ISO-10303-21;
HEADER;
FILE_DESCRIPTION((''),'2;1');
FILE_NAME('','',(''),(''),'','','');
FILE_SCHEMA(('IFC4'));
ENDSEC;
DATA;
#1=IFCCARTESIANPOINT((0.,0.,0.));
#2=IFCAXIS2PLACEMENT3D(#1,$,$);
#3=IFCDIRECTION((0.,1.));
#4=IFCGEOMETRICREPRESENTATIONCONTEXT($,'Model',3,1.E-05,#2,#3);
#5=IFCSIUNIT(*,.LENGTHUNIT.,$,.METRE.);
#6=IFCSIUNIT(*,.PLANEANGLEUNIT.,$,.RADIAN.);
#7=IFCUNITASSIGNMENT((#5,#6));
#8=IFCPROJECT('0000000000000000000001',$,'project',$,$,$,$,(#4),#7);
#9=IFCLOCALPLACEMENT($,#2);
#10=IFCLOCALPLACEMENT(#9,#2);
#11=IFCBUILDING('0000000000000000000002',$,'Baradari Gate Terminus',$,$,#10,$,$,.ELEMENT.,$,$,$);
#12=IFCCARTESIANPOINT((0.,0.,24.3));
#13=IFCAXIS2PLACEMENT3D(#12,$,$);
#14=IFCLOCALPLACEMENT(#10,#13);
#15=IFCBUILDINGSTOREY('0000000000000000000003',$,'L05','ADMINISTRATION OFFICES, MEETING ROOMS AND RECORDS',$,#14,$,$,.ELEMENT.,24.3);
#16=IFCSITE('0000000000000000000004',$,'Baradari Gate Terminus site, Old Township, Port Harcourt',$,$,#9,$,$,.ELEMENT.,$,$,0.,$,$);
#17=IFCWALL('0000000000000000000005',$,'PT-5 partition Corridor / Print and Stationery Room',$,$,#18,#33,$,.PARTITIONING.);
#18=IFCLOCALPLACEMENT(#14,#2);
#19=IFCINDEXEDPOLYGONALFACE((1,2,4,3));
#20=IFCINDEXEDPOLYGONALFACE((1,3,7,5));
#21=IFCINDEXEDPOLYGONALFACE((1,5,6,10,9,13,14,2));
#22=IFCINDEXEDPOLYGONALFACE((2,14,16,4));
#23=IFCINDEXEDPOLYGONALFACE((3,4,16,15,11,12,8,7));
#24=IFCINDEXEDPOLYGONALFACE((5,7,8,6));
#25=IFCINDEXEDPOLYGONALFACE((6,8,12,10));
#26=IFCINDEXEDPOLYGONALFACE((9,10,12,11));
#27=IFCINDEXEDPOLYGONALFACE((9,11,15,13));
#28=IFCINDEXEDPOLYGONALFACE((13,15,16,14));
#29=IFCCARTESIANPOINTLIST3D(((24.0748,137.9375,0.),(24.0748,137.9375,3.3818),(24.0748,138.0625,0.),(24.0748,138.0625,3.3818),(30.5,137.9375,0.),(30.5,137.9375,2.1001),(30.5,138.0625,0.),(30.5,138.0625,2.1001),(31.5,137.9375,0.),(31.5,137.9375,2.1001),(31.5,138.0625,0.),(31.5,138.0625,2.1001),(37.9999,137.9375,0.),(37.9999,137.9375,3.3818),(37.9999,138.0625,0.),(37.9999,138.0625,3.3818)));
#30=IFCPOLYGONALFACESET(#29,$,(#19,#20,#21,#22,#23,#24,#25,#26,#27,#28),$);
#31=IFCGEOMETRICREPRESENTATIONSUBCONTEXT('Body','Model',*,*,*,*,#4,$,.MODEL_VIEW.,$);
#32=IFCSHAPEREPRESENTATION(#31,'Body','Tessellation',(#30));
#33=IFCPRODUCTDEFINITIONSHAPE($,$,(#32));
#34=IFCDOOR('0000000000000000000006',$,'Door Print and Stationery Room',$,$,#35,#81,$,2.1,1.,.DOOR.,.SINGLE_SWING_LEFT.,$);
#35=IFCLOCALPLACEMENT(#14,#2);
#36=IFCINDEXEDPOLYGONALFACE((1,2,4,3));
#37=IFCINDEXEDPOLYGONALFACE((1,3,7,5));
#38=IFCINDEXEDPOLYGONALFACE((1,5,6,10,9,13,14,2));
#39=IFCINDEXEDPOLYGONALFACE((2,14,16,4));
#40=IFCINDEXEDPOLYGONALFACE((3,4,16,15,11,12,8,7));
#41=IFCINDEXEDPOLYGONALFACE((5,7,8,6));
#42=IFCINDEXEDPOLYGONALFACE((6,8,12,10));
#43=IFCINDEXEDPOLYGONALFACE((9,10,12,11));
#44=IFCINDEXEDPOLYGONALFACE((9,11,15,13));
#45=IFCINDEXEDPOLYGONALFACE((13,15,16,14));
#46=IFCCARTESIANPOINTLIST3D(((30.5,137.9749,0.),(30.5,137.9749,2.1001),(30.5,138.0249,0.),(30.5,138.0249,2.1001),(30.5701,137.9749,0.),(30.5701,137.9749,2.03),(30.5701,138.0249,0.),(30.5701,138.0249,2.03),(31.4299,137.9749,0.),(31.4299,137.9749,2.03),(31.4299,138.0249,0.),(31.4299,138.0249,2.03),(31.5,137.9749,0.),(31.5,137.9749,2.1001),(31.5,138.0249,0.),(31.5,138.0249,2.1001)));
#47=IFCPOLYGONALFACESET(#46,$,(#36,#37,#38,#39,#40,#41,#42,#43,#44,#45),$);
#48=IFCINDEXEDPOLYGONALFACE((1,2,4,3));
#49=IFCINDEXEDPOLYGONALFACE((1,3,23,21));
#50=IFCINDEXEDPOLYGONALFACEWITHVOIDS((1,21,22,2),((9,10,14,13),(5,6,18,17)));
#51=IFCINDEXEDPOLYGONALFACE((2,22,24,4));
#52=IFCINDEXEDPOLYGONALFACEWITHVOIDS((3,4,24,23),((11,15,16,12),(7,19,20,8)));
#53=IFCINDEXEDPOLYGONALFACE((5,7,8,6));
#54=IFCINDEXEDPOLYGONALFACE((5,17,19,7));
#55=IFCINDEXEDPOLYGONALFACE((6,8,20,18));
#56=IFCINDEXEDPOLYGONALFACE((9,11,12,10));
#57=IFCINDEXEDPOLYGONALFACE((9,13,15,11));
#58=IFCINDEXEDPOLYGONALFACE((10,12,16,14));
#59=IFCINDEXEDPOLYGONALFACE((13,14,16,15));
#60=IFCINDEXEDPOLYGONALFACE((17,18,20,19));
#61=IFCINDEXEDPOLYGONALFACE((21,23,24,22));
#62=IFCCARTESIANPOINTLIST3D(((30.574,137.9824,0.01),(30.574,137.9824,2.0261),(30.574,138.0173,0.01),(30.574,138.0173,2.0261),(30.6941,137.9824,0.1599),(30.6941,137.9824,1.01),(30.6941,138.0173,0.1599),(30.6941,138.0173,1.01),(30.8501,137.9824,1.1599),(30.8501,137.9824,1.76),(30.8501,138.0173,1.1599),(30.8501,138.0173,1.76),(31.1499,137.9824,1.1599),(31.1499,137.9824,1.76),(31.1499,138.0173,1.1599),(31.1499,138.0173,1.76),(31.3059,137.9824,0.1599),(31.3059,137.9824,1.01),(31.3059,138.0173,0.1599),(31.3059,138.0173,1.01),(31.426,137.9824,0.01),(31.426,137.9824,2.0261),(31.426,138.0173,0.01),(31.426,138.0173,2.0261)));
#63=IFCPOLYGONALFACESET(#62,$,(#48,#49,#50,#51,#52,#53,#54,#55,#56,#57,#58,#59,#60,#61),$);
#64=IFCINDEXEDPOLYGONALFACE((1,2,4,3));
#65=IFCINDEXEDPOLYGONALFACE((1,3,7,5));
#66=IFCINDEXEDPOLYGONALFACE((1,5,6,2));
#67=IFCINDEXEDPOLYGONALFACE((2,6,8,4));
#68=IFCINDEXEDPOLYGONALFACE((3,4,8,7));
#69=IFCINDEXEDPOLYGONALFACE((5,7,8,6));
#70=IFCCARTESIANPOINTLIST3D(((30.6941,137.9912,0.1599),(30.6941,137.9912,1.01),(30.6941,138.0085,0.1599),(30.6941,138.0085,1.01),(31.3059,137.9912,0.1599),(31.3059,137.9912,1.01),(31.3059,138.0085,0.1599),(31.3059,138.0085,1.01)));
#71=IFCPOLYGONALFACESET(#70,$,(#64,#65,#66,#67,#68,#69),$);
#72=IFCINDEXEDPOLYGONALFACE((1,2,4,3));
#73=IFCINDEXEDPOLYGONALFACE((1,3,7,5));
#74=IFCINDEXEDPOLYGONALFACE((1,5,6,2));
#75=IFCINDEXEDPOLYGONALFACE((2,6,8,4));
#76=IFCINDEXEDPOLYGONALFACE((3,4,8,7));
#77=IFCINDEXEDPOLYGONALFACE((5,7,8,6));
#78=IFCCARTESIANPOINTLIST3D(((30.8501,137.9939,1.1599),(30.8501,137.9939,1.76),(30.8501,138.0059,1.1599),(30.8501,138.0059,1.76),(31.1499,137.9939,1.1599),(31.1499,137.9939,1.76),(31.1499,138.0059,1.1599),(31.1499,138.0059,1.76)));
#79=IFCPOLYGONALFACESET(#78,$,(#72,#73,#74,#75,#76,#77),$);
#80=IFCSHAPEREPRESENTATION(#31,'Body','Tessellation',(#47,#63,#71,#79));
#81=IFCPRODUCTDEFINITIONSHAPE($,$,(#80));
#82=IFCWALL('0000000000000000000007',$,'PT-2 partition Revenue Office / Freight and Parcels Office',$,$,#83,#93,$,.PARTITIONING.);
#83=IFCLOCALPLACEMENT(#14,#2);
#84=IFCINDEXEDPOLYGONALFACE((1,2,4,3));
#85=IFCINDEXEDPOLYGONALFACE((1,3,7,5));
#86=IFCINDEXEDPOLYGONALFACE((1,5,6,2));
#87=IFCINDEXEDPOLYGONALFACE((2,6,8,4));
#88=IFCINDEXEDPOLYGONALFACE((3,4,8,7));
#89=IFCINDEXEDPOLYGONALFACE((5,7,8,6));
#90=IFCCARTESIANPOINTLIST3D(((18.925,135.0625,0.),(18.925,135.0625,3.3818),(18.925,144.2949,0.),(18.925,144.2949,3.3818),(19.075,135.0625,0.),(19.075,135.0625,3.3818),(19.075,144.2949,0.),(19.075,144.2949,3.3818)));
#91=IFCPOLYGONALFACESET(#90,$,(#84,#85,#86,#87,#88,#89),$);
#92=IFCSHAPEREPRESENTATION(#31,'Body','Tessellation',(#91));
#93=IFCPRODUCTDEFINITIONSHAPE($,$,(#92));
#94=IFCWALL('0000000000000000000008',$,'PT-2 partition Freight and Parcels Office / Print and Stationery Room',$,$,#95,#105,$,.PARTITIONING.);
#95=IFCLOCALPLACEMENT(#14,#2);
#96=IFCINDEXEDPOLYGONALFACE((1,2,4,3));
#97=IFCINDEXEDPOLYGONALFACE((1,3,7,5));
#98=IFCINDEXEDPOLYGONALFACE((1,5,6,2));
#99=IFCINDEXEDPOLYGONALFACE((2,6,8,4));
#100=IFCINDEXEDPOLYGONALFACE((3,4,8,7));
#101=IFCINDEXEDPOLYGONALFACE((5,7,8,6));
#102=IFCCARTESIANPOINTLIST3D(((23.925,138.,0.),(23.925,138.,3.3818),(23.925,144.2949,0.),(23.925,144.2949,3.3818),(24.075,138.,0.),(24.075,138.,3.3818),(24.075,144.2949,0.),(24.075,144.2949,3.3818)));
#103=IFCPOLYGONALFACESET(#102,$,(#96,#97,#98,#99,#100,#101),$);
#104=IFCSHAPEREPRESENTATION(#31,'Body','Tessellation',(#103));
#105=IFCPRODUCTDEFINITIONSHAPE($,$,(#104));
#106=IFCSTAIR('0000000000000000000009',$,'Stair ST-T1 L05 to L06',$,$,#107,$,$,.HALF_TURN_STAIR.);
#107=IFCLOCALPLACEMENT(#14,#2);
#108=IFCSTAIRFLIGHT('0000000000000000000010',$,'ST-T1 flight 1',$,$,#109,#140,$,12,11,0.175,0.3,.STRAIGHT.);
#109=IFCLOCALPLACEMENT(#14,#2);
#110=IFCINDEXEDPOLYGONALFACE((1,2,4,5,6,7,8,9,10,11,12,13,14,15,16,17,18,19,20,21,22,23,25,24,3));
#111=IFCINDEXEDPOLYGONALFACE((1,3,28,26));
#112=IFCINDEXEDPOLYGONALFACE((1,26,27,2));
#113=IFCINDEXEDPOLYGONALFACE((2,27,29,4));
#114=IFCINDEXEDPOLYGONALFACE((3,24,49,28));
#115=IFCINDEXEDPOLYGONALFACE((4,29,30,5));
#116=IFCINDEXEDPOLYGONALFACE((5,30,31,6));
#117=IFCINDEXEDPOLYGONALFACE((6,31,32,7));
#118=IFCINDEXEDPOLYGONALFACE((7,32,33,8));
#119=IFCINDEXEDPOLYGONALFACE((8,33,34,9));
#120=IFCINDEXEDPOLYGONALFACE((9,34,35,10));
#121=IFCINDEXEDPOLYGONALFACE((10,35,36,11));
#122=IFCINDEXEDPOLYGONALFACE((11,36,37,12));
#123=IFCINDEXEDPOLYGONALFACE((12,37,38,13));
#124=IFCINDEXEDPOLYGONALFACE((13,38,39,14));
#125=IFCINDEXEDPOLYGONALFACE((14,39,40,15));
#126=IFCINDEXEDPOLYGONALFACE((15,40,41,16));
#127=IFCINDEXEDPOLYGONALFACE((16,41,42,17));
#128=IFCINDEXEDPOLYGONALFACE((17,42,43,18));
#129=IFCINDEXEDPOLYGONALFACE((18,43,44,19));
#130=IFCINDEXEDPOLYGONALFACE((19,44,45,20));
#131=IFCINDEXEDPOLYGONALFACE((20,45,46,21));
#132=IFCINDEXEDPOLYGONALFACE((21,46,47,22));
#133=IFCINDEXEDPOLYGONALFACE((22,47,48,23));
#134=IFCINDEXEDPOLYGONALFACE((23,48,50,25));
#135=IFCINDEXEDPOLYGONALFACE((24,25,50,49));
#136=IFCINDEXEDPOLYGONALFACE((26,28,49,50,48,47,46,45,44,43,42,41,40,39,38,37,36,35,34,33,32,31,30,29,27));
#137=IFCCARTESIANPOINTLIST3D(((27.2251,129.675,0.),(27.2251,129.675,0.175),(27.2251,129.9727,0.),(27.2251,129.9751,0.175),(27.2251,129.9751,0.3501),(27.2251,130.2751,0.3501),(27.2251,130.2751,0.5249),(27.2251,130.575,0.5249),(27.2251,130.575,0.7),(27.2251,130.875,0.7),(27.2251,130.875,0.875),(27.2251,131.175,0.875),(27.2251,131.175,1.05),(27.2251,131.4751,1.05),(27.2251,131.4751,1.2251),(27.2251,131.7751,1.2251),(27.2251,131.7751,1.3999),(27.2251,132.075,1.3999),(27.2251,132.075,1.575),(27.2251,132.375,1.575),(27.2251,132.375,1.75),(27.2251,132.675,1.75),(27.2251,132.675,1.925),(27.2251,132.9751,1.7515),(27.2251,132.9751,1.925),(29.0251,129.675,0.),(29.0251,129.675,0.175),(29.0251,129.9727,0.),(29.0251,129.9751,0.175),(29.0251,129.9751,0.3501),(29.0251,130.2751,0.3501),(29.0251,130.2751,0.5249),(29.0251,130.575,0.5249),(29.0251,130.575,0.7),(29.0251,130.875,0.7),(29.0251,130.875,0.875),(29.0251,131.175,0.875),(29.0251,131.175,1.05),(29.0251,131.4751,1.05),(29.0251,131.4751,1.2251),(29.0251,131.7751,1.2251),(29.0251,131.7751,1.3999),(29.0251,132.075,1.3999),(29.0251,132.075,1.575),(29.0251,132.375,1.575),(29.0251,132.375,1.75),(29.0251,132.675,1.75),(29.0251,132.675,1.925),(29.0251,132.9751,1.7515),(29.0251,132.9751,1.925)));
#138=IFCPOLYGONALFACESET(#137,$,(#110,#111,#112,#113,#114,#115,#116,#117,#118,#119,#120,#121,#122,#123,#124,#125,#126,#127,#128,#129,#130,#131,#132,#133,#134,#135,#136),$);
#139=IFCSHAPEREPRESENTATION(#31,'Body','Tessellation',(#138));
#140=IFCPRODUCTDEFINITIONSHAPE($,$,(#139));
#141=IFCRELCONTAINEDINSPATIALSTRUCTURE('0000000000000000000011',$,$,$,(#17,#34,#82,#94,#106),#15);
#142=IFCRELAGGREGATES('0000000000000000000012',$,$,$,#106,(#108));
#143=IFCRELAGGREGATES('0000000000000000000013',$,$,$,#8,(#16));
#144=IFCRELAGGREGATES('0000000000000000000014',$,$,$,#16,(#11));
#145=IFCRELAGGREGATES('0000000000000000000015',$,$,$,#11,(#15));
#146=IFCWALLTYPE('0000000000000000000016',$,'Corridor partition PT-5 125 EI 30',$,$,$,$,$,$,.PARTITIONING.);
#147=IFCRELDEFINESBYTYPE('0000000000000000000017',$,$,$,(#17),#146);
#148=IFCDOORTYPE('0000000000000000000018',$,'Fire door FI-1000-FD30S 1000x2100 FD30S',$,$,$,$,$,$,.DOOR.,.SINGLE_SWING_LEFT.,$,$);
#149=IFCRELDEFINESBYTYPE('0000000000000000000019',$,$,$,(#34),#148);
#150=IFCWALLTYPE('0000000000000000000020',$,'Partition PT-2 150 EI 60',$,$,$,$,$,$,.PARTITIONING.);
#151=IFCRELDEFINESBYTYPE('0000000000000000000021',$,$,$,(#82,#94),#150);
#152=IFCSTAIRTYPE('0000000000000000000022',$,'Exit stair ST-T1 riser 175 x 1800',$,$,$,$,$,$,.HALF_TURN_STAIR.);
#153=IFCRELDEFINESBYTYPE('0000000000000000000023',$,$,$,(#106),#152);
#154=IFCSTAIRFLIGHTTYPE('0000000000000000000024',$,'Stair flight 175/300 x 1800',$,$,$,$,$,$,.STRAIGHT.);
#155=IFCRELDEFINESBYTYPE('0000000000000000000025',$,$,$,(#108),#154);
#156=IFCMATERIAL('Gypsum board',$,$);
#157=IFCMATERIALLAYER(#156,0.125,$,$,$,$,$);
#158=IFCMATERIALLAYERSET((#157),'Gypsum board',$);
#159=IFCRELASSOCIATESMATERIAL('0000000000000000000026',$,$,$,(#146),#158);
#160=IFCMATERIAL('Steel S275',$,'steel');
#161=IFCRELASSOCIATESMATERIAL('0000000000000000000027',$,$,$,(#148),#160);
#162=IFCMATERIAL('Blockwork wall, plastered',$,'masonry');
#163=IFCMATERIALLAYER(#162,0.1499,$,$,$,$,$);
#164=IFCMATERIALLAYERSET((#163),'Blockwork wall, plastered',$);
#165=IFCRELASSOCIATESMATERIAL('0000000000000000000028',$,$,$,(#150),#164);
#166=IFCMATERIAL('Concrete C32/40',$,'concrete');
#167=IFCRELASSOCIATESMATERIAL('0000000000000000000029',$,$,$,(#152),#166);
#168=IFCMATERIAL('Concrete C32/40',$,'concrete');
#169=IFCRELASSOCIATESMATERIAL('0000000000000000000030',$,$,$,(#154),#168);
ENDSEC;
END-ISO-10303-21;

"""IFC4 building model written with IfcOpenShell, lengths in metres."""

from ifc_helpers import new_model, si_unit, direction, frame, frame_2d, origin, place, context, subcontext, project, spatial, polyline, rectangle, outline, extrude, material, layer, layer_set, type_object, element, fill, aggregate, save


model = new_model("IFC4")

# Units and contexts
model_context = context("Model", 3, precision=1e-05, world=origin(), true_north=direction((0.0, 1.0)))
body_context = subcontext(model_context, "Body", "Model", "MODEL_VIEW")
ifc_project = project(units=[si_unit("LENGTHUNIT", "METRE"), si_unit("PLANEANGLEUNIT", "RADIAN")], contexts=[model_context])

# Site, building, storey
site_placement = place(None, origin())
site = spatial("IfcSite", under=ifc_project, at=site_placement, Name="Baradari Gate Terminus site, Old Township, Port Harcourt", CompositionType="ELEMENT", RefElevation=0.0)
building_placement = place(site_placement, origin())
building = spatial("IfcBuilding", under=site, at=building_placement, Name="Baradari Gate Terminus", CompositionType="ELEMENT")
storey_placement = place(building_placement, frame((0.0, 0.0, 24.3)))
storey = spatial("IfcBuildingStorey", under=building, at=storey_placement, Name="L05", Description="ADMINISTRATION OFFICES, MEETING ROOMS AND RECORDS", CompositionType="ELEMENT", Elevation=24.3)

# Shared definitions
ifc_material_1 = material(Name="Gypsum board")
ifc_layer_1 = layer(ifc_material_1, 0.125)
ifc_layer_set_1 = layer_set([ifc_layer_1], Name="Gypsum board")
wall_type_1 = type_object("IfcWallType", Name="Corridor partition PT-5 125 EI 30", PredefinedType="PARTITIONING", material=ifc_layer_set_1)

# Shared definitions
ifc_material_2 = material(Name="Steel S275", Category="steel")
door_type_1 = type_object("IfcDoorType", Name="Fire door FI-1000-FD30S 1000x2100 FD30S", OperationType="SINGLE_SWING_LEFT", PredefinedType="DOOR", material=ifc_material_2)

# Wall, opening, door
wall_1_placement = place(storey_placement, frame((24.075, 138.0, 0.0), z_axis=(0.0, 0.0, 1.0), x_axis=(1.0, 0.0, 0.0)))
wall_1 = element("IfcWall", 1, at=wall_1_placement, inside=storey, type_object=wall_type_1, Name="PT-5 partition Corridor / Print and Stationery Room", PredefinedType="PARTITIONING", context=body_context, shape_type="SweptSolid", body=[
    extrude(rectangle(XDim=13.925, YDim=0.125, at=frame_2d((6.9624, 0.0))), origin(), (0.0, 0.0, 1.0), 3.3818),
])
opening_1_placement = place(wall_1_placement, frame((6.425, 0.0, 0.0)))
opening_1 = element("IfcOpeningElement", 2, at=opening_1_placement, cuts=wall_1, PredefinedType="OPENING", context=body_context, shape_type="SweptSolid", body=[
    extrude(rectangle(XDim=1.0, YDim=2.1001, at=frame_2d((0.5, 1.05))), frame((0.0, 0.0725, 0.0), z_axis=(0.0, -1.0, 0.0), x_axis=(1.0, 0.0, 0.0)), (0.0, 0.0, 1.0), 0.145),
])
door_1_placement = place(opening_1_placement, origin())
door_1 = element("IfcDoor", 3, at=door_1_placement, inside=storey, type_object=door_type_1, Name="Door Print and Stationery Room", OperationType="SINGLE_SWING_LEFT", OverallHeight=2.1, OverallWidth=1.0, PredefinedType="DOOR", context=body_context, shape_type="SweptSolid", body=[
    extrude(outline(polyline([(0.0, 0.0), (0.0701, 0.0), (0.0701, 2.03), (0.9299, 2.03), (0.9299, 0.0), (1.0, 0.0), (1.0, 2.1001), (0.0, 2.1001), (0.0, 0.0)])), frame((0.0, 0.0249, 0.0), z_axis=(0.0, -1.0, 0.0), x_axis=(1.0, 0.0, 0.0)), (0.0, 0.0, 1.0), 0.05),
    extrude(outline(polyline([(0.074, 0.01), (0.926, 0.01), (0.926, 2.0261), (0.074, 2.0261), (0.074, 0.01)]), holes=[polyline([(0.1941, 0.1599), (0.8059, 0.1599), (0.8059, 1.01), (0.1941, 1.01), (0.1941, 0.1599)]), polyline([(0.3501, 1.1599), (0.6499, 1.1599), (0.6499, 1.76), (0.3501, 1.76), (0.3501, 1.1599)])]), frame((0.0, 0.0173, 0.0), z_axis=(0.0, -1.0, 0.0), x_axis=(1.0, 0.0, 0.0)), (0.0, 0.0, 1.0), 0.0349),
    extrude(rectangle(XDim=0.6118, YDim=0.8501, at=frame_2d((0.5, 0.585))), frame((0.0, 0.0085, 0.0), z_axis=(0.0, -1.0, 0.0), x_axis=(1.0, 0.0, 0.0)), (0.0, 0.0, 1.0), 0.0173),
    extrude(rectangle(XDim=0.2998, YDim=0.6001, at=frame_2d((0.5, 1.46))), frame((0.0, 0.0059, 0.0), z_axis=(0.0, -1.0, 0.0), x_axis=(1.0, 0.0, 0.0)), (0.0, 0.0, 1.0), 0.012),
])
fill(opening_1, door_1)

# Walls
ifc_material_3 = material(Name="Blockwork wall, plastered", Category="masonry")
ifc_layer_2 = layer(ifc_material_3, 0.1499)
ifc_layer_set_2 = layer_set([ifc_layer_2], Name="Blockwork wall, plastered")
wall_type_2 = type_object("IfcWallType", Name="Partition PT-2 150 EI 60", PredefinedType="PARTITIONING", material=ifc_layer_set_2)
wall_2_placement = place(storey_placement, frame((19.0, 144.2949, 0.0), z_axis=(0.0, 0.0, 1.0), x_axis=(0.0, -1.0, 0.0)))
element("IfcWall", 4, at=wall_2_placement, inside=storey, type_object=wall_type_2, Name="PT-2 partition Revenue Office / Freight and Parcels Office", PredefinedType="PARTITIONING", context=body_context, shape_type="SweptSolid", body=[
    extrude(rectangle(XDim=9.2324, YDim=0.1499, at=frame_2d((4.6162, 0.0))), origin(), (0.0, 0.0, 1.0), 3.3818),
])
wall_3_placement = place(storey_placement, frame((24.0, 144.2949, 0.0), z_axis=(0.0, 0.0, 1.0), x_axis=(0.0, -1.0, 0.0)))
element("IfcWall", 5, at=wall_3_placement, inside=storey, type_object=wall_type_2, Name="PT-2 partition Freight and Parcels Office / Print and Stationery Room", PredefinedType="PARTITIONING", context=body_context, shape_type="SweptSolid", body=[
    extrude(rectangle(XDim=6.2949, YDim=0.1499, at=frame_2d((3.1475, 0.0))), origin(), (0.0, 0.0, 1.0), 3.3818),
])

# Stair, stair flight
ifc_material_4 = material(Name="Concrete C32/40", Category="concrete")
stair_type = type_object("IfcStairType", Name="Exit stair ST-T1 riser 175 x 1800", PredefinedType="HALF_TURN_STAIR", material=ifc_material_4)
stair_placement = place(storey_placement, origin())
stair = element("IfcStair", 6, at=stair_placement, inside=storey, type_object=stair_type, Name="Stair ST-T1 L05 to L06", PredefinedType="HALF_TURN_STAIR")
ifc_material_5 = material(Name="Concrete C32/40", Category="concrete")
stair_flight_type = type_object("IfcStairFlightType", Name="Stair flight 175/300 x 1800", PredefinedType="STRAIGHT", material=ifc_material_5)
stair_flight_placement = place(storey_placement, frame((28.125, 129.675, 0.0), z_axis=(0.0, 0.0, 1.0), x_axis=(0.0, 1.0, 0.0)))
stair_flight = element("IfcStairFlight", 7, at=stair_flight_placement, type_object=stair_flight_type, Name="ST-T1 flight 1", NumberOfRisers=12, NumberOfTreads=11, PredefinedType="STRAIGHT", RiserHeight=0.175, TreadLength=0.3, context=body_context, shape_type="SweptSolid", body=[
    extrude(outline(polyline([(0.0, 0.0), (0.0, 0.175), (0.3, 0.175), (0.3, 0.3501), (0.6001, 0.3501), (0.6001, 0.5249), (0.8999, 0.5249), (0.8999, 0.7), (1.2, 0.7), (1.2, 0.875), (1.5, 0.875), (1.5, 1.05), (1.8, 1.05), (1.8, 1.2251), (2.1001, 1.2251), (2.1001, 1.3999), (2.3999, 1.3999), (2.3999, 1.575), (2.7, 1.575), (2.7, 1.75), (3.0, 1.75), (3.0, 1.925), (3.3, 1.925), (3.3, 2.1001), (3.3, 1.7515), (0.2976, 0.0), (0.0, 0.0)])), frame((0.0, 0.8999, 0.0), z_axis=(0.0, -1.0, 0.0), x_axis=(1.0, 0.0, 0.0)), (0.0, 0.0, 1.0), 1.8),
])
aggregate(stair, [stair_flight])

save(model, "model.ifc")
